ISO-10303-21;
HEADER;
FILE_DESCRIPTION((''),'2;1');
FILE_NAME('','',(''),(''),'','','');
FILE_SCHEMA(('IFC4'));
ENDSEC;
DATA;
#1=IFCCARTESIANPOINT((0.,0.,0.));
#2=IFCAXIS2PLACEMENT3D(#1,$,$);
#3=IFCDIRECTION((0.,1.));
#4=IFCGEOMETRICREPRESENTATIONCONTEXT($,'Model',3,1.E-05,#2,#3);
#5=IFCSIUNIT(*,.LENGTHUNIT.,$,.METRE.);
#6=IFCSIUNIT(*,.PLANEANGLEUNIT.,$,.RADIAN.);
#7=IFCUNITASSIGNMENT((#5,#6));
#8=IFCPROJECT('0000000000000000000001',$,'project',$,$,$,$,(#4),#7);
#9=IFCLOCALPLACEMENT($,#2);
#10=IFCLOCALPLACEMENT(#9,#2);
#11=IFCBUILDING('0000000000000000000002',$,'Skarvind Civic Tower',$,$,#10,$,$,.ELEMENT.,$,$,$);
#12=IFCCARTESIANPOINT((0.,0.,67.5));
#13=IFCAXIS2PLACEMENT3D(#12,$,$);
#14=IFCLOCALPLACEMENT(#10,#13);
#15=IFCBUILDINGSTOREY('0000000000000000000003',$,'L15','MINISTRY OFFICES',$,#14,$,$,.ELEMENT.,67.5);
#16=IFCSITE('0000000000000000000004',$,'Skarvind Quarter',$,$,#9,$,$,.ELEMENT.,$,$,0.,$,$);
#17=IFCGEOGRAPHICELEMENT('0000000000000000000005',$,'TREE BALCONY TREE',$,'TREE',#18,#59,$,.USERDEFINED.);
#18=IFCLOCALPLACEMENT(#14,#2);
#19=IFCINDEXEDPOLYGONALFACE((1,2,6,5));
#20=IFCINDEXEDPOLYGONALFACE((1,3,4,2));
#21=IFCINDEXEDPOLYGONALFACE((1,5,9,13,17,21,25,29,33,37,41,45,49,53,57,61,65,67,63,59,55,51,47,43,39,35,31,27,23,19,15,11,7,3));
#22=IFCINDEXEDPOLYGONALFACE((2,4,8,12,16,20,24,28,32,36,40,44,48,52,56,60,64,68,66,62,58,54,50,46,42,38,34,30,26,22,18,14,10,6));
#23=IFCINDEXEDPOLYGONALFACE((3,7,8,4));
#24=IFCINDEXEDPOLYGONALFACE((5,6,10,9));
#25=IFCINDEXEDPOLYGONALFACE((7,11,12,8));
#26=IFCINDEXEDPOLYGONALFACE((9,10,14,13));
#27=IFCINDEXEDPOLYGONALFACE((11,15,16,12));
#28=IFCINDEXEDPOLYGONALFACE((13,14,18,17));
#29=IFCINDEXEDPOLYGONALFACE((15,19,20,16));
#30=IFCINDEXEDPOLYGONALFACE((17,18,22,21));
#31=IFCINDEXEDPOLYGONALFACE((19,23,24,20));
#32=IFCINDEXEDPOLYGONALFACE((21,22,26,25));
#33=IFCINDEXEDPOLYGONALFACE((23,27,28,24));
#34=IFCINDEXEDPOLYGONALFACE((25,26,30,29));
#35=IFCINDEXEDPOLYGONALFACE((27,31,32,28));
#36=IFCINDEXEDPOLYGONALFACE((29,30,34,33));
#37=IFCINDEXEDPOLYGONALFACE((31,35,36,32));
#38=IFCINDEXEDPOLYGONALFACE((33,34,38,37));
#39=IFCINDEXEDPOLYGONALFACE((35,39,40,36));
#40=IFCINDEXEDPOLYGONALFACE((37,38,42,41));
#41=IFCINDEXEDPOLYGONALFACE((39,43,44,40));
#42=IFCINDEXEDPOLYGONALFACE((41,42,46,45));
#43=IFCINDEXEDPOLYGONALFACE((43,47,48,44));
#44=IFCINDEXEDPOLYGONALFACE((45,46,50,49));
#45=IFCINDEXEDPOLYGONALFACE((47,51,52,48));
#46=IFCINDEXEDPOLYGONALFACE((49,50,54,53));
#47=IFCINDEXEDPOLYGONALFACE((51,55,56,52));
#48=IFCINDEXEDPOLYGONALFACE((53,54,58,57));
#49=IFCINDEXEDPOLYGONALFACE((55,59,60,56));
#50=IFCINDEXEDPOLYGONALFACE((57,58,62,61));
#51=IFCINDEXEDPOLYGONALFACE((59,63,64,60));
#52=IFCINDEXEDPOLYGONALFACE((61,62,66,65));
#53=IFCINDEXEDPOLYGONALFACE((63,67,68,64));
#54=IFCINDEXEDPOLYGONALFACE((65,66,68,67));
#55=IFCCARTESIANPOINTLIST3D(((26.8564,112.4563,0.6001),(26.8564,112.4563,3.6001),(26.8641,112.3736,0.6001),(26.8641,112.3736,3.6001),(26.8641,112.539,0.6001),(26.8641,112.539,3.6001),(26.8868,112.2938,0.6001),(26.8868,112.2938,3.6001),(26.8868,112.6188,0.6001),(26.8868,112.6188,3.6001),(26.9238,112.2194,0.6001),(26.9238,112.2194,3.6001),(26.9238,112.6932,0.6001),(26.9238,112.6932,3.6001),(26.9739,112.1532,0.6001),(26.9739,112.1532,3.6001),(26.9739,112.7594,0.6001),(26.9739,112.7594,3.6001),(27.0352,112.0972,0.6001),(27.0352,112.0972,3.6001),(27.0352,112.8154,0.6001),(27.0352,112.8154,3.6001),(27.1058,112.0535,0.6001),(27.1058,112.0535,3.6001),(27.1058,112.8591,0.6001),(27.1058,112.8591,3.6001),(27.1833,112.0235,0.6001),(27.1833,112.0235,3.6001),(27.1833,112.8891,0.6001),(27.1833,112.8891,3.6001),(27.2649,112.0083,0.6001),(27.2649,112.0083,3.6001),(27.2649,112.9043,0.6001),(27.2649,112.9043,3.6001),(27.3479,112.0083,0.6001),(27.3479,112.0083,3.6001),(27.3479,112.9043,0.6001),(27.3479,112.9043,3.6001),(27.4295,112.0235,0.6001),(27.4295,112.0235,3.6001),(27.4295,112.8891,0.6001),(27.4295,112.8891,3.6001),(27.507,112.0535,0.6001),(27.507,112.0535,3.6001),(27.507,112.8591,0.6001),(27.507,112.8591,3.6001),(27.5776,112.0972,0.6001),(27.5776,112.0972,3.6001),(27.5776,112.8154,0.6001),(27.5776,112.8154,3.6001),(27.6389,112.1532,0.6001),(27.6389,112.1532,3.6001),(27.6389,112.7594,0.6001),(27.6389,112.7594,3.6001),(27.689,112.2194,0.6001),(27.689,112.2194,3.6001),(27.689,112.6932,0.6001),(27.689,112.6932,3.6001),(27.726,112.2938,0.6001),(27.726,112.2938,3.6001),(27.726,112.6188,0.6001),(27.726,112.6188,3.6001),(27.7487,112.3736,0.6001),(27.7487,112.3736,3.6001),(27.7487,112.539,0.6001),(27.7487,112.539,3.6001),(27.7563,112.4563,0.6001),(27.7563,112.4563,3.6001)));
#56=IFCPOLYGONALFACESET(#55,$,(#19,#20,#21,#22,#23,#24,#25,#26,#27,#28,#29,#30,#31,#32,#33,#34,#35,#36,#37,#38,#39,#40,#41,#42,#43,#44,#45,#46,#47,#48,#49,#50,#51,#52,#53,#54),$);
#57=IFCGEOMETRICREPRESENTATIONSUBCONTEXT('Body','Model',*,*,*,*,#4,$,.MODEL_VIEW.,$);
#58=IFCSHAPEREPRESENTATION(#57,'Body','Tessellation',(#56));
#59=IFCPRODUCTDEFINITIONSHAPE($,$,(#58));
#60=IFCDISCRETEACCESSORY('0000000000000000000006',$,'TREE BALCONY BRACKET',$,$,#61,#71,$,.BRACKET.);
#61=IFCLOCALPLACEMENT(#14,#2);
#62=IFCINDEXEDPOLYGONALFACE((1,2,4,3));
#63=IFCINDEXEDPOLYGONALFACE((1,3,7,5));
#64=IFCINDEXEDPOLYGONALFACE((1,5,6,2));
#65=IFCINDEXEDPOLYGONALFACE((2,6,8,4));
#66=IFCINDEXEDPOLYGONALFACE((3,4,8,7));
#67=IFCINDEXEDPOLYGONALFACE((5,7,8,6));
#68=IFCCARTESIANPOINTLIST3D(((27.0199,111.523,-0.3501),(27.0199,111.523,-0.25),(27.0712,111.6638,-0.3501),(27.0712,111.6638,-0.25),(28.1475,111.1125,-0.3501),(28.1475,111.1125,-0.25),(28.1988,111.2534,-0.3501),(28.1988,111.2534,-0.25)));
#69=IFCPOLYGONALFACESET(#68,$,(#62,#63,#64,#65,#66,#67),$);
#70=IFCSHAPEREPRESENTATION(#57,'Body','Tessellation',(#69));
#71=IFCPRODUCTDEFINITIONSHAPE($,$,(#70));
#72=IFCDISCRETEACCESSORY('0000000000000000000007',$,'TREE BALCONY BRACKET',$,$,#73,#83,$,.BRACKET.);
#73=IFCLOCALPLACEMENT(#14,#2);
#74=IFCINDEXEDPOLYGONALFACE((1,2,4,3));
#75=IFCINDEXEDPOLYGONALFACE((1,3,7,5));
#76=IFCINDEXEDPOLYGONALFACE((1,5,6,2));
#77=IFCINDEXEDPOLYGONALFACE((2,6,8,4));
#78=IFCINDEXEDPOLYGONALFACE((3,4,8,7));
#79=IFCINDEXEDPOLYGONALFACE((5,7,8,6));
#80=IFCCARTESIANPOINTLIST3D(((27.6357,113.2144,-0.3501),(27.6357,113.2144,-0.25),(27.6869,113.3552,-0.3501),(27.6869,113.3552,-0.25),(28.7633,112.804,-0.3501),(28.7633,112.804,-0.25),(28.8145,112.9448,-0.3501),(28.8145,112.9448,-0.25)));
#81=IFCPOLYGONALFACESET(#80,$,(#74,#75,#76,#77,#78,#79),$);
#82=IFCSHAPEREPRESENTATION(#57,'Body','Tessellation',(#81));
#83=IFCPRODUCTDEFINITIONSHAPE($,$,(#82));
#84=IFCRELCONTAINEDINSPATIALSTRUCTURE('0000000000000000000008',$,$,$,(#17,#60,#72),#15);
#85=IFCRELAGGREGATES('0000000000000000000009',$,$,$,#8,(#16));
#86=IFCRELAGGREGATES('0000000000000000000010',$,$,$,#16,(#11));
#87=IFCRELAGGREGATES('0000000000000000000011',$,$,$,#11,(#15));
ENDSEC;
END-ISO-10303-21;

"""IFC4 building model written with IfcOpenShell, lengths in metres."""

from ifc_helpers import new_model, si_unit, direction, frame, origin, origin_2d, place, context, subcontext, project, spatial, rectangle, circle, extrude, element, save


model = new_model("IFC4")

# Units and contexts
model_context = context("Model", 3, precision=1e-05, world=origin(), true_north=direction((0.0, 1.0)))
body_context = subcontext(model_context, "Body", "Model", "MODEL_VIEW")
ifc_project = project(units=[si_unit("LENGTHUNIT", "METRE"), si_unit("PLANEANGLEUNIT", "RADIAN")], contexts=[model_context])

# Site, building, storey
site_placement = place(None, origin())
site = spatial("IfcSite", under=ifc_project, at=site_placement, Name="Skarvind Quarter", CompositionType="ELEMENT", RefElevation=0.0)
building_placement = place(site_placement, origin())
building = spatial("IfcBuilding", under=site, at=building_placement, Name="Skarvind Civic Tower", CompositionType="ELEMENT")
storey_placement = place(building_placement, frame((0.0, 0.0, 67.5)))
storey = spatial("IfcBuildingStorey", under=building, at=storey_placement, Name="L15", Description="MINISTRY OFFICES", CompositionType="ELEMENT", Elevation=67.5)

# Geographic element
geographic_element_placement = place(storey_placement, frame((27.3064, 112.4563, 0.6001), z_axis=(0.0, 0.0, 1.0), x_axis=(1.0, 0.0, 0.0)))
element("IfcGeographicElement", 1, at=geographic_element_placement, inside=storey, Name="TREE BALCONY TREE", ObjectType="TREE", PredefinedType="USERDEFINED", context=body_context, shape_type="SweptSolid", body=[
    extrude(circle(Radius=0.45, at=origin_2d()), origin(), (0.0, 0.0, 1.0), 3.0),
])

# Discrete accessories
for number, where, z_axis, x_axis, name in (
    (2, (27.6094, 111.3882, -0.3501), (0.0, 0.0, 1.0), (0.34202, 0.939693, 0.0), "TREE BALCONY BRACKET"),
    (3, (28.2251, 113.0796, -0.3501), (0.0, 0.0, 1.0), (0.34202, 0.939693, 0.0), "TREE BALCONY BRACKET"),
):
    element("IfcDiscreteAccessory", number, at=place(storey_placement, frame(where, z_axis=z_axis, x_axis=x_axis)), inside=storey, Name=name, PredefinedType="BRACKET", context=body_context, shape_type="SweptSolid", body=[
        extrude(rectangle(XDim=0.1499, YDim=1.2, at=origin_2d()), origin(), (0.0, 0.0, 1.0), 0.1001),
    ])

save(model, "model.ifc")
